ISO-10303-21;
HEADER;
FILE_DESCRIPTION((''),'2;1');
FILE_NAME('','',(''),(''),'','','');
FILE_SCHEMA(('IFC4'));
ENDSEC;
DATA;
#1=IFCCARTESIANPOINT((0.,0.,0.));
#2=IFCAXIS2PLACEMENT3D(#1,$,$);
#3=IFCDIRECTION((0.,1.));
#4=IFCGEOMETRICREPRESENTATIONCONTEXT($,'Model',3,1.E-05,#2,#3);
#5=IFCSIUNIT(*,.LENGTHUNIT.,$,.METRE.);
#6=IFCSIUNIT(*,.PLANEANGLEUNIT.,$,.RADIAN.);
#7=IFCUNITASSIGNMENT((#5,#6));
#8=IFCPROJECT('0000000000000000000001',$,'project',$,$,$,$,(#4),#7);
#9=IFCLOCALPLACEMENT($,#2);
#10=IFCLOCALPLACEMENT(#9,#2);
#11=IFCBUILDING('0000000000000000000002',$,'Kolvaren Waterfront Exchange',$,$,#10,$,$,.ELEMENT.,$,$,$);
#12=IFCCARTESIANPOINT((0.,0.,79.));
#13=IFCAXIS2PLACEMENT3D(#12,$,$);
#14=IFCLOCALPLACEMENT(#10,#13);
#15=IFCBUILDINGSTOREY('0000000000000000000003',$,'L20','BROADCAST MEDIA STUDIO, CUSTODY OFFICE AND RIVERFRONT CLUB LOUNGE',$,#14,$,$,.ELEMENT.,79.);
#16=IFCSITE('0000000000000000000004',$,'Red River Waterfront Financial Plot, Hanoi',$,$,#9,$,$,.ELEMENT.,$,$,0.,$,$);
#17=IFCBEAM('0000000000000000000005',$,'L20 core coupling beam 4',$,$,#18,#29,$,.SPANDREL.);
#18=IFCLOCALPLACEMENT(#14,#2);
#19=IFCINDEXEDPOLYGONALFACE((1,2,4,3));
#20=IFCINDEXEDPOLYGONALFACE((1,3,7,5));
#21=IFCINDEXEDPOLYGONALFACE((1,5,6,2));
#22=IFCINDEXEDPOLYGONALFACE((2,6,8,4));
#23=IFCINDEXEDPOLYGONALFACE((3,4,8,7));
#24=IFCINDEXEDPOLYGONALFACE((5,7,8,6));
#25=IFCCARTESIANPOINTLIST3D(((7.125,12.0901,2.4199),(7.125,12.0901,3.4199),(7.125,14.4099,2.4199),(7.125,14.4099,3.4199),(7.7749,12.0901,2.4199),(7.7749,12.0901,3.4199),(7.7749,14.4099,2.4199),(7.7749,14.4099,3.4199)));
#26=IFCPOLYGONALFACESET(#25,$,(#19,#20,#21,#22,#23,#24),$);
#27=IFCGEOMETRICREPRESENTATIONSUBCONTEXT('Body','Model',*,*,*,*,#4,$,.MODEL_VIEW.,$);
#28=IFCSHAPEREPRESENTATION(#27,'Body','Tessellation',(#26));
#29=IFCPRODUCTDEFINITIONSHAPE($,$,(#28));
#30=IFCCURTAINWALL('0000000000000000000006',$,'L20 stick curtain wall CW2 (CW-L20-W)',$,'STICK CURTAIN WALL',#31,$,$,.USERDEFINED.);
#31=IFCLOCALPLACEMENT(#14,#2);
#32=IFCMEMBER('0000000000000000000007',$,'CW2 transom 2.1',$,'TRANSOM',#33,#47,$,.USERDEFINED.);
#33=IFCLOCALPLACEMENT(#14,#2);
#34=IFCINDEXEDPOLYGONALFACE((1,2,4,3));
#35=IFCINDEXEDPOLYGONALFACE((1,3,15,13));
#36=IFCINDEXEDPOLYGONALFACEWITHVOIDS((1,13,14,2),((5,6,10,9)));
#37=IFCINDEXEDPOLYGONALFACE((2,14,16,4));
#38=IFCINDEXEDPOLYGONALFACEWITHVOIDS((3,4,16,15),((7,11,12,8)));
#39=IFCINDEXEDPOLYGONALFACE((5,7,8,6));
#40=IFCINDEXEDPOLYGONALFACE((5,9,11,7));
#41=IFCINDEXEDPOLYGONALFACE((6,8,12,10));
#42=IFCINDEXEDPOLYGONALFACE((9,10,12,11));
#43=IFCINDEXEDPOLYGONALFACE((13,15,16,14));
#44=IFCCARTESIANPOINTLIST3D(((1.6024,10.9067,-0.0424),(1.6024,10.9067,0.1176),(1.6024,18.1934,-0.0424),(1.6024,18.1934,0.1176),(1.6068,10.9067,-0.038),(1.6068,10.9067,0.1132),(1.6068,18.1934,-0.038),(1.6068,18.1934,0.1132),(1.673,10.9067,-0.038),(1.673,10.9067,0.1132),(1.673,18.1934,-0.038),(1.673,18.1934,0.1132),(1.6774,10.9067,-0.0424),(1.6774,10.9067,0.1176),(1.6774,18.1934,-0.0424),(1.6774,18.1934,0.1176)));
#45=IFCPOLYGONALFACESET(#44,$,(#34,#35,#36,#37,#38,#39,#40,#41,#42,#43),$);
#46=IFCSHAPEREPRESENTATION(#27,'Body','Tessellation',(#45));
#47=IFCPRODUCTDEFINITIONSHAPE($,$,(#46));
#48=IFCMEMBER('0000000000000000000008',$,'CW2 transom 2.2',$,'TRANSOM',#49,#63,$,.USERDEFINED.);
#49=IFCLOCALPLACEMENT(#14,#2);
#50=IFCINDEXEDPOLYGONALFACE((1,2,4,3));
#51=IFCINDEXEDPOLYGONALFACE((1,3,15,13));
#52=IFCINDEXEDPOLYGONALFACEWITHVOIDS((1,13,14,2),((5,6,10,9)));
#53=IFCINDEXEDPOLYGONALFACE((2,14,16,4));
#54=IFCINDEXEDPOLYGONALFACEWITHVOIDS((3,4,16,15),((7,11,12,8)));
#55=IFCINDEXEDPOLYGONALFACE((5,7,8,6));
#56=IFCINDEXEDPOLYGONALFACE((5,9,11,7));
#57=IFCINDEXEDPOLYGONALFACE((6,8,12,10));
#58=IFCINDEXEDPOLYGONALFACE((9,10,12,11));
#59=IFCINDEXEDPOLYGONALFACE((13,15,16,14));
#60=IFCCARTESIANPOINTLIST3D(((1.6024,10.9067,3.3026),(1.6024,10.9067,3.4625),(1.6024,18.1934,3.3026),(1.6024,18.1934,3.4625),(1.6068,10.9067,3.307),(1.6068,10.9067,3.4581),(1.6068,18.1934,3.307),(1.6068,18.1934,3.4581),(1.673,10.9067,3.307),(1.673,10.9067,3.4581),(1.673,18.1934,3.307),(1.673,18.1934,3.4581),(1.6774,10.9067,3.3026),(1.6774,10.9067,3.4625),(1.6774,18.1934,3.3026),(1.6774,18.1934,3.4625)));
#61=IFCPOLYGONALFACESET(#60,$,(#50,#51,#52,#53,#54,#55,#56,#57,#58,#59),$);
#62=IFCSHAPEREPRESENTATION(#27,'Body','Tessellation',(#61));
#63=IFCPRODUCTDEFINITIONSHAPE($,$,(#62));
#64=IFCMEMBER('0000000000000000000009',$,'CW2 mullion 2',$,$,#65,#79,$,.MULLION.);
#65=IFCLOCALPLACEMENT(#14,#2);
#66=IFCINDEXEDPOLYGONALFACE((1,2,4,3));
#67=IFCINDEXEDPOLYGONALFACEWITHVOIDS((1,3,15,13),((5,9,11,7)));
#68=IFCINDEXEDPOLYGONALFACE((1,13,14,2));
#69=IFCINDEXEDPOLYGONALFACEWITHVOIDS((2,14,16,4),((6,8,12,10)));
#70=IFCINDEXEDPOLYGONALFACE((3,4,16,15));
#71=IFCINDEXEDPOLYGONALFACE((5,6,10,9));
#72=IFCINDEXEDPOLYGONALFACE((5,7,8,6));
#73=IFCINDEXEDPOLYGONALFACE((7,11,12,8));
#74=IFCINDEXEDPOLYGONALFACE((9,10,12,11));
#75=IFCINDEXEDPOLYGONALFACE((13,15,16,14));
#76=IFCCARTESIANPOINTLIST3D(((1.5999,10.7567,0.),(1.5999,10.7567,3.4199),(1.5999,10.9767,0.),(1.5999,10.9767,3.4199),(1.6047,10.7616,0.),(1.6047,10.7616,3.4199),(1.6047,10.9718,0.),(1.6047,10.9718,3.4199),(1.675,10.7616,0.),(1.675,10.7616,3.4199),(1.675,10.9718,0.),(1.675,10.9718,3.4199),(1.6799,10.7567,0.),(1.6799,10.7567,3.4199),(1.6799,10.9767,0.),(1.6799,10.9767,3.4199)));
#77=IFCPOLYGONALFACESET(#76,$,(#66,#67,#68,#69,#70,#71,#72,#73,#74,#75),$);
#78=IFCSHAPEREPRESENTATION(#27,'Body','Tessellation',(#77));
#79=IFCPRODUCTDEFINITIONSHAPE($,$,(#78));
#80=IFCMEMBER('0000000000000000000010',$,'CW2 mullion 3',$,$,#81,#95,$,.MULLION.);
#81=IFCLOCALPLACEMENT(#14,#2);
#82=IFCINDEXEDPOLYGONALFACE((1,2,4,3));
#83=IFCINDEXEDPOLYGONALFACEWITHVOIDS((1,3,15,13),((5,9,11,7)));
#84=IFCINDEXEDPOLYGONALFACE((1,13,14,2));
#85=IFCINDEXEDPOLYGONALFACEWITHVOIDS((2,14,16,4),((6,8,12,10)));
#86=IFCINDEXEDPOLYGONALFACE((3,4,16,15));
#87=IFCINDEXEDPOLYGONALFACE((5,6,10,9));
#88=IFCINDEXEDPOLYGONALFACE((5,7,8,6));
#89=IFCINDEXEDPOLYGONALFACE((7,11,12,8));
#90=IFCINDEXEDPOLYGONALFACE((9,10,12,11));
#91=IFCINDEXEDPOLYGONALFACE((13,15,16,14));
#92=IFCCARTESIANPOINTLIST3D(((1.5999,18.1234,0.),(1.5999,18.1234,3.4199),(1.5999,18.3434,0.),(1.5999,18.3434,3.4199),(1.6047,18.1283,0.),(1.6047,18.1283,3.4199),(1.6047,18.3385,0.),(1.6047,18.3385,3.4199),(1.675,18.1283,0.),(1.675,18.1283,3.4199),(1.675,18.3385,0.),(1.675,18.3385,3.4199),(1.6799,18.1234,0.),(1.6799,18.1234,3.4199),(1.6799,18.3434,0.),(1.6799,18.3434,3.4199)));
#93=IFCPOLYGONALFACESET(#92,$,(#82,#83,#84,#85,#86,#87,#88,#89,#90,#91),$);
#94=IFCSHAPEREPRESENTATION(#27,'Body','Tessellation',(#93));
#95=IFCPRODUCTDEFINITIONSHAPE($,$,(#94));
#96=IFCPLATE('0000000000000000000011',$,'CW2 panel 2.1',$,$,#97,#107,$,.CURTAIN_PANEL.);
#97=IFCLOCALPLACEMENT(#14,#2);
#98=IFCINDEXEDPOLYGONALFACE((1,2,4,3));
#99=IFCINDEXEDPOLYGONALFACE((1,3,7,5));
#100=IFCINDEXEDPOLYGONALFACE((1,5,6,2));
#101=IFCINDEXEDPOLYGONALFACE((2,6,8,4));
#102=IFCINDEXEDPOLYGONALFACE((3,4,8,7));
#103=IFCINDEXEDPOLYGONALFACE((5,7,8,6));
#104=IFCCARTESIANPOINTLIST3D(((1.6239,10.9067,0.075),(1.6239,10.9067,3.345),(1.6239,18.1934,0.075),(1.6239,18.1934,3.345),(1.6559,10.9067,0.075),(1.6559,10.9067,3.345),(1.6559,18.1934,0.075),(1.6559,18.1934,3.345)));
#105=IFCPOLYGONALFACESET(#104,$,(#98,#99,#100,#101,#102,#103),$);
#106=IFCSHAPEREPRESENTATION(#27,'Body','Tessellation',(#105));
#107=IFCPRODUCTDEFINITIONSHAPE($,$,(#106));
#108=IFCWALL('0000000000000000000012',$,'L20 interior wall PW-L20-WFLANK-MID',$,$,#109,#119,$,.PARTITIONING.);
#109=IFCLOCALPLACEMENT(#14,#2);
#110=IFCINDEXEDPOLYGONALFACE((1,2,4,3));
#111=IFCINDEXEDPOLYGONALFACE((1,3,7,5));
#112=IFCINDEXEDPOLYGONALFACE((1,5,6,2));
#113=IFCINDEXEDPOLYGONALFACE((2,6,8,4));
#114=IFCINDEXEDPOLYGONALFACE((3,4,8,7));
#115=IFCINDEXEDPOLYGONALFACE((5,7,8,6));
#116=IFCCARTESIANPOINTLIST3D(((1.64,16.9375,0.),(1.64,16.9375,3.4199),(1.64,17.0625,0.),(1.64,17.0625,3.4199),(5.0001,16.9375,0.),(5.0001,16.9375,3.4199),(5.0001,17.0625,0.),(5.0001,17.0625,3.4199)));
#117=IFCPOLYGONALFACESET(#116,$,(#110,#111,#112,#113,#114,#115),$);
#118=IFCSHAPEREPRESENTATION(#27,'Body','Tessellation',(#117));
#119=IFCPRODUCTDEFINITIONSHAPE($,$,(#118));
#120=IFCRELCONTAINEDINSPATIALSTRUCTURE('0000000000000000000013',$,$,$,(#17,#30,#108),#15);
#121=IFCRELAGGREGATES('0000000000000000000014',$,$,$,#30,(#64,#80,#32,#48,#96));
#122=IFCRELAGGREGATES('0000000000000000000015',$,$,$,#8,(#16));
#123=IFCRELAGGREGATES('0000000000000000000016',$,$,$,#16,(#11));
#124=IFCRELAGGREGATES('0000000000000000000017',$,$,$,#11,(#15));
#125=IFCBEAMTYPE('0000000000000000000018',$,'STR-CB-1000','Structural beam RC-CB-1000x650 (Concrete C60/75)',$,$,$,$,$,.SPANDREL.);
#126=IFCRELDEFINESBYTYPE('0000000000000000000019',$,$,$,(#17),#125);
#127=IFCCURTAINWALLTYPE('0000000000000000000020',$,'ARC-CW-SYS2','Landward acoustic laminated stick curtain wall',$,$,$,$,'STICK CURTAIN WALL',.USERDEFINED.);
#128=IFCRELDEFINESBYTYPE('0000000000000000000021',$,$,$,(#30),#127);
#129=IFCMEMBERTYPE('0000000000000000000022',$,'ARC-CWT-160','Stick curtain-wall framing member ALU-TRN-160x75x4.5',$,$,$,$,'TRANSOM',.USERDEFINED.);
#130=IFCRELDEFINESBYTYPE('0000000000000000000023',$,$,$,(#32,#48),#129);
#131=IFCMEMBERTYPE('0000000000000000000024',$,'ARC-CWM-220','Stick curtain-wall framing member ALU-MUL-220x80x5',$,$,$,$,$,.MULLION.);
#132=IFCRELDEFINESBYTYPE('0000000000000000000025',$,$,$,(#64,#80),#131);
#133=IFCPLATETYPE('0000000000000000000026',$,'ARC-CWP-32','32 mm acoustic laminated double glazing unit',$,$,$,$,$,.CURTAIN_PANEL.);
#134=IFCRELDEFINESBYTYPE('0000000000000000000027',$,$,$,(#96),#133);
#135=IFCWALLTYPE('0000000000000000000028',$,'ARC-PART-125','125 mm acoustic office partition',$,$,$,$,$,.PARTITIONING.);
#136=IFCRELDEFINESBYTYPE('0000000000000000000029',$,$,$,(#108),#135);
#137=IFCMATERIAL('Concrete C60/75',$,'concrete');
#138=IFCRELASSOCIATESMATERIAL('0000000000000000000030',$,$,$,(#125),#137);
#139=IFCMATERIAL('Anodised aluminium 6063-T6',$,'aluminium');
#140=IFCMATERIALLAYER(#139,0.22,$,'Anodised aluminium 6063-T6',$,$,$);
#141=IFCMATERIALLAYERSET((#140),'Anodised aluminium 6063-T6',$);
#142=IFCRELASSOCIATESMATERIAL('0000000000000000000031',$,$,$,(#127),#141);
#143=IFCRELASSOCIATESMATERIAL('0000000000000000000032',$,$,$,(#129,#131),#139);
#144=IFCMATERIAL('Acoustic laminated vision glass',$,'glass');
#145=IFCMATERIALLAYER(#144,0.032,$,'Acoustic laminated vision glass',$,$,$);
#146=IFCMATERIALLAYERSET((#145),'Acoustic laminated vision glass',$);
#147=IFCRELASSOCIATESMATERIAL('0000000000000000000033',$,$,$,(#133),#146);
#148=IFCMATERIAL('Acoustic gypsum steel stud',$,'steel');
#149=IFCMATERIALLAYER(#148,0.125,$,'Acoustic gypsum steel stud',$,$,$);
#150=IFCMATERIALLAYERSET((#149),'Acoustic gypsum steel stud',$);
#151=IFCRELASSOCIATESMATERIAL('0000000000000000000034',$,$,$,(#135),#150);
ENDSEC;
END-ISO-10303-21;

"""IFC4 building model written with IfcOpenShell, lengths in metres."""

from ifc_helpers import new_model, si_unit, direction, frame, frame_2d, origin, origin_with_axes, origin_2d, place, context, subcontext, project, spatial, rectangle, hollow_rectangle, extrude, source, transform, mapped, material, layer, layer_set, material_profile, profile_set, type_object, element, aggregate, save


model = new_model("IFC4")

# Units and contexts
model_context = context("Model", 3, precision=1e-05, world=origin(), true_north=direction((0.0, 1.0)))
body_context = subcontext(model_context, "Body", "Model", "MODEL_VIEW")
ifc_project = project(units=[si_unit("LENGTHUNIT", "METRE"), si_unit("PLANEANGLEUNIT", "RADIAN")], contexts=[model_context])

# Site, building, storey
site_placement = place(None, origin())
site = spatial("IfcSite", under=ifc_project, at=site_placement, Name="Red River Waterfront Financial Plot, Hanoi", CompositionType="ELEMENT", RefElevation=0.0)
building_placement = place(site_placement, origin())
building = spatial("IfcBuilding", under=site, at=building_placement, Name="Kolvaren Waterfront Exchange", CompositionType="ELEMENT")
storey_placement = place(building_placement, frame((0.0, 0.0, 79.0)))
storey = spatial("IfcBuildingStorey", under=building, at=storey_placement, Name="L20", Description="BROADCAST MEDIA STUDIO, CUSTODY OFFICE AND RIVERFRONT CLUB LOUNGE", CompositionType="ELEMENT", Elevation=79.0)

# Beam
ifc_material_1 = material(Name="Concrete C60/75", Category="concrete")
ifc_material_profile_1 = material_profile(ifc_material_1, rectangle(XDim=0.6499, YDim=1.0, at=origin_2d()), Name="RC-CB-1000x650")
ifc_profile_set_1 = profile_set([ifc_material_profile_1], Name="Concrete C60/75")
beam_type = type_object("IfcBeamType", Name="STR-CB-1000", Description="Structural beam RC-CB-1000x650 (Concrete C60/75)", PredefinedType="SPANDREL", material=ifc_profile_set_1)
beam_placement = place(storey_placement, frame((7.45, 12.0901, 2.9199), z_axis=(0.0, 1.0, 0.0), x_axis=(-1.0, 0.0, 0.0)))
element("IfcBeam", 1, at=beam_placement, inside=storey, type_object=beam_type, Name="L20 core coupling beam 4", PredefinedType="SPANDREL", context=body_context, shape_type="SweptSolid", body=[
    extrude(rectangle(XDim=0.6499, YDim=1.0, at=origin_2d()), origin(), (0.0, 0.0, 1.0), 2.3198),
])

# Curtain wall, members, plate
ifc_material_2 = material(Name="Anodised aluminium 6063-T6", Category="aluminium")
ifc_layer_1 = layer(ifc_material_2, 0.22, Name="Anodised aluminium 6063-T6")
ifc_layer_set_1 = layer_set([ifc_layer_1], Name="Anodised aluminium 6063-T6")
curtain_wall_type = type_object("IfcCurtainWallType", Name="ARC-CW-SYS2", Description="Landward acoustic laminated stick curtain wall", ElementType="STICK CURTAIN WALL", PredefinedType="USERDEFINED", material=ifc_layer_set_1)
curtain_wall_placement = place(storey_placement, origin())
curtain_wall = element("IfcCurtainWall", 2, at=curtain_wall_placement, inside=storey, type_object=curtain_wall_type, Name="L20 stick curtain wall CW2 (CW-L20-W)", ObjectType="STICK CURTAIN WALL", PredefinedType="USERDEFINED")
ifc_material_profile_2 = material_profile(ifc_material_2, hollow_rectangle(XDim=0.075, YDim=0.1599, WallThickness=0.0044, at=origin_2d()), Name="ALU-TRN-160x75x4.5")
ifc_profile_set_2 = profile_set([ifc_material_profile_2], Name="Anodised aluminium 6063-T6")
member_type_1 = type_object("IfcMemberType", Name="ARC-CWT-160", Description="Stick curtain-wall framing member ALU-TRN-160x75x4.5", ElementType="TRANSOM", PredefinedType="USERDEFINED", material=ifc_profile_set_2)
shared_shape_1 = source(origin_with_axes(), body_context, "Body", "SweptSolid", [
    extrude(hollow_rectangle(XDim=0.075, YDim=0.1599, WallThickness=0.0044, at=origin_2d()), origin(), (0.0, 0.0, 1.0), 7.2866),
])
member_1_placement = place(storey_placement, frame((1.6399, 10.9067, 0.0376), z_axis=(0.0, 1.0, 0.0), x_axis=(-1.0, 0.0, 0.0)))
member_1 = element("IfcMember", 3, at=member_1_placement, type_object=member_type_1, Name="CW2 transom 2.1", ObjectType="TRANSOM", PredefinedType="USERDEFINED", context=body_context, shape_type="MappedRepresentation", body=[
    mapped(shared_shape_1, transform((0.0, 0.0, 0.0), x_axis=(1.0, 0.0, 0.0), y_axis=(0.0, 1.0, 0.0), z_axis=(0.0, 0.0, 1.0), scale=1.0)),
])
member_2_placement = place(storey_placement, frame((1.6399, 10.9067, 3.3826), z_axis=(0.0, 1.0, 0.0), x_axis=(-1.0, 0.0, 0.0)))
member_2 = element("IfcMember", 4, at=member_2_placement, type_object=member_type_1, Name="CW2 transom 2.2", ObjectType="TRANSOM", PredefinedType="USERDEFINED", context=body_context, shape_type="MappedRepresentation", body=[
    mapped(shared_shape_1, transform((0.0, 0.0, 0.0), x_axis=(1.0, 0.0, 0.0), y_axis=(0.0, 1.0, 0.0), z_axis=(0.0, 0.0, 1.0), scale=1.0)),
])
ifc_material_profile_3 = material_profile(ifc_material_2, hollow_rectangle(XDim=0.0801, YDim=0.22, WallThickness=0.0049, at=origin_2d()), Name="ALU-MUL-220x80x5")
ifc_profile_set_3 = profile_set([ifc_material_profile_3], Name="Anodised aluminium 6063-T6")
member_type_2 = type_object("IfcMemberType", Name="ARC-CWM-220", Description="Stick curtain-wall framing member ALU-MUL-220x80x5", PredefinedType="MULLION", material=ifc_profile_set_3)
shared_shape_2 = source(origin_with_axes(), body_context, "Body", "SweptSolid", [
    extrude(hollow_rectangle(XDim=0.0801, YDim=0.22, WallThickness=0.0049, at=origin_2d()), origin(), (0.0, 0.0, 1.0), 3.4199),
])
member_3_placement = place(storey_placement, frame((1.6399, 10.8667, 0.0), z_axis=(0.0, 0.0, 1.0), x_axis=(-1.0, 0.0, 0.0)))
member_3 = element("IfcMember", 5, at=member_3_placement, type_object=member_type_2, Name="CW2 mullion 2", PredefinedType="MULLION", context=body_context, shape_type="MappedRepresentation", body=[
    mapped(shared_shape_2, transform((0.0, 0.0, 0.0), x_axis=(1.0, 0.0, 0.0), y_axis=(0.0, 1.0, 0.0), z_axis=(0.0, 0.0, 1.0), scale=1.0)),
])
member_4_placement = place(storey_placement, frame((1.6399, 18.2334, 0.0), z_axis=(0.0, 0.0, 1.0), x_axis=(-1.0, 0.0, 0.0)))
member_4 = element("IfcMember", 6, at=member_4_placement, type_object=member_type_2, Name="CW2 mullion 3", PredefinedType="MULLION", context=body_context, shape_type="MappedRepresentation", body=[
    mapped(shared_shape_2, transform((0.0, 0.0, 0.0), x_axis=(1.0, 0.0, 0.0), y_axis=(0.0, 1.0, 0.0), z_axis=(0.0, 0.0, 1.0), scale=1.0)),
])
ifc_material_3 = material(Name="Acoustic laminated vision glass", Category="glass")
ifc_layer_2 = layer(ifc_material_3, 0.032, Name="Acoustic laminated vision glass")
ifc_layer_set_2 = layer_set([ifc_layer_2], Name="Acoustic laminated vision glass")
plate_type = type_object("IfcPlateType", Name="ARC-CWP-32", Description="32 mm acoustic laminated double glazing unit", PredefinedType="CURTAIN_PANEL", material=ifc_layer_set_2)
shared_shape_3 = source(origin_with_axes(), body_context, "Body", "SweptSolid", [
    extrude(rectangle(XDim=7.2866, YDim=0.032, at=origin_2d()), origin(), (0.0, 0.0, 1.0), 3.27),
])
plate_placement = place(storey_placement, frame((1.6399, 14.55, 0.075), z_axis=(0.0, 0.0, 1.0), x_axis=(0.0, 1.0, 0.0)))
plate = element("IfcPlate", 7, at=plate_placement, type_object=plate_type, Name="CW2 panel 2.1", PredefinedType="CURTAIN_PANEL", context=body_context, shape_type="MappedRepresentation", body=[
    mapped(shared_shape_3, transform((0.0, 0.0, 0.0), x_axis=(1.0, 0.0, 0.0), y_axis=(0.0, 1.0, 0.0), z_axis=(0.0, 0.0, 1.0), scale=1.0)),
])
aggregate(curtain_wall, [member_3, member_4, member_1, member_2, plate])

# Wall
ifc_material_4 = material(Name="Acoustic gypsum steel stud", Category="steel")
ifc_layer_3 = layer(ifc_material_4, 0.125, Name="Acoustic gypsum steel stud")
ifc_layer_set_3 = layer_set([ifc_layer_3], Name="Acoustic gypsum steel stud")
wall_type_1 = type_object("IfcWallType", Name="ARC-PART-125", Description="125 mm acoustic office partition", PredefinedType="PARTITIONING", material=ifc_layer_set_3)
wall_1_placement = place(storey_placement, frame((1.6399, 17.0, 0.0), z_axis=(0.0, 0.0, 1.0), x_axis=(1.0, 0.0, 0.0)))
element("IfcWall", 8, at=wall_1_placement, inside=storey, type_object=wall_type_1, Name="L20 interior wall PW-L20-WFLANK-MID", PredefinedType="PARTITIONING", context=body_context, shape_type="SweptSolid", body=[
    extrude(rectangle(XDim=3.3601, YDim=0.125, at=frame_2d((1.6802, 0.0))), origin(), (0.0, 0.0, 1.0), 3.4199),
])

save(model, "model.ifc")
